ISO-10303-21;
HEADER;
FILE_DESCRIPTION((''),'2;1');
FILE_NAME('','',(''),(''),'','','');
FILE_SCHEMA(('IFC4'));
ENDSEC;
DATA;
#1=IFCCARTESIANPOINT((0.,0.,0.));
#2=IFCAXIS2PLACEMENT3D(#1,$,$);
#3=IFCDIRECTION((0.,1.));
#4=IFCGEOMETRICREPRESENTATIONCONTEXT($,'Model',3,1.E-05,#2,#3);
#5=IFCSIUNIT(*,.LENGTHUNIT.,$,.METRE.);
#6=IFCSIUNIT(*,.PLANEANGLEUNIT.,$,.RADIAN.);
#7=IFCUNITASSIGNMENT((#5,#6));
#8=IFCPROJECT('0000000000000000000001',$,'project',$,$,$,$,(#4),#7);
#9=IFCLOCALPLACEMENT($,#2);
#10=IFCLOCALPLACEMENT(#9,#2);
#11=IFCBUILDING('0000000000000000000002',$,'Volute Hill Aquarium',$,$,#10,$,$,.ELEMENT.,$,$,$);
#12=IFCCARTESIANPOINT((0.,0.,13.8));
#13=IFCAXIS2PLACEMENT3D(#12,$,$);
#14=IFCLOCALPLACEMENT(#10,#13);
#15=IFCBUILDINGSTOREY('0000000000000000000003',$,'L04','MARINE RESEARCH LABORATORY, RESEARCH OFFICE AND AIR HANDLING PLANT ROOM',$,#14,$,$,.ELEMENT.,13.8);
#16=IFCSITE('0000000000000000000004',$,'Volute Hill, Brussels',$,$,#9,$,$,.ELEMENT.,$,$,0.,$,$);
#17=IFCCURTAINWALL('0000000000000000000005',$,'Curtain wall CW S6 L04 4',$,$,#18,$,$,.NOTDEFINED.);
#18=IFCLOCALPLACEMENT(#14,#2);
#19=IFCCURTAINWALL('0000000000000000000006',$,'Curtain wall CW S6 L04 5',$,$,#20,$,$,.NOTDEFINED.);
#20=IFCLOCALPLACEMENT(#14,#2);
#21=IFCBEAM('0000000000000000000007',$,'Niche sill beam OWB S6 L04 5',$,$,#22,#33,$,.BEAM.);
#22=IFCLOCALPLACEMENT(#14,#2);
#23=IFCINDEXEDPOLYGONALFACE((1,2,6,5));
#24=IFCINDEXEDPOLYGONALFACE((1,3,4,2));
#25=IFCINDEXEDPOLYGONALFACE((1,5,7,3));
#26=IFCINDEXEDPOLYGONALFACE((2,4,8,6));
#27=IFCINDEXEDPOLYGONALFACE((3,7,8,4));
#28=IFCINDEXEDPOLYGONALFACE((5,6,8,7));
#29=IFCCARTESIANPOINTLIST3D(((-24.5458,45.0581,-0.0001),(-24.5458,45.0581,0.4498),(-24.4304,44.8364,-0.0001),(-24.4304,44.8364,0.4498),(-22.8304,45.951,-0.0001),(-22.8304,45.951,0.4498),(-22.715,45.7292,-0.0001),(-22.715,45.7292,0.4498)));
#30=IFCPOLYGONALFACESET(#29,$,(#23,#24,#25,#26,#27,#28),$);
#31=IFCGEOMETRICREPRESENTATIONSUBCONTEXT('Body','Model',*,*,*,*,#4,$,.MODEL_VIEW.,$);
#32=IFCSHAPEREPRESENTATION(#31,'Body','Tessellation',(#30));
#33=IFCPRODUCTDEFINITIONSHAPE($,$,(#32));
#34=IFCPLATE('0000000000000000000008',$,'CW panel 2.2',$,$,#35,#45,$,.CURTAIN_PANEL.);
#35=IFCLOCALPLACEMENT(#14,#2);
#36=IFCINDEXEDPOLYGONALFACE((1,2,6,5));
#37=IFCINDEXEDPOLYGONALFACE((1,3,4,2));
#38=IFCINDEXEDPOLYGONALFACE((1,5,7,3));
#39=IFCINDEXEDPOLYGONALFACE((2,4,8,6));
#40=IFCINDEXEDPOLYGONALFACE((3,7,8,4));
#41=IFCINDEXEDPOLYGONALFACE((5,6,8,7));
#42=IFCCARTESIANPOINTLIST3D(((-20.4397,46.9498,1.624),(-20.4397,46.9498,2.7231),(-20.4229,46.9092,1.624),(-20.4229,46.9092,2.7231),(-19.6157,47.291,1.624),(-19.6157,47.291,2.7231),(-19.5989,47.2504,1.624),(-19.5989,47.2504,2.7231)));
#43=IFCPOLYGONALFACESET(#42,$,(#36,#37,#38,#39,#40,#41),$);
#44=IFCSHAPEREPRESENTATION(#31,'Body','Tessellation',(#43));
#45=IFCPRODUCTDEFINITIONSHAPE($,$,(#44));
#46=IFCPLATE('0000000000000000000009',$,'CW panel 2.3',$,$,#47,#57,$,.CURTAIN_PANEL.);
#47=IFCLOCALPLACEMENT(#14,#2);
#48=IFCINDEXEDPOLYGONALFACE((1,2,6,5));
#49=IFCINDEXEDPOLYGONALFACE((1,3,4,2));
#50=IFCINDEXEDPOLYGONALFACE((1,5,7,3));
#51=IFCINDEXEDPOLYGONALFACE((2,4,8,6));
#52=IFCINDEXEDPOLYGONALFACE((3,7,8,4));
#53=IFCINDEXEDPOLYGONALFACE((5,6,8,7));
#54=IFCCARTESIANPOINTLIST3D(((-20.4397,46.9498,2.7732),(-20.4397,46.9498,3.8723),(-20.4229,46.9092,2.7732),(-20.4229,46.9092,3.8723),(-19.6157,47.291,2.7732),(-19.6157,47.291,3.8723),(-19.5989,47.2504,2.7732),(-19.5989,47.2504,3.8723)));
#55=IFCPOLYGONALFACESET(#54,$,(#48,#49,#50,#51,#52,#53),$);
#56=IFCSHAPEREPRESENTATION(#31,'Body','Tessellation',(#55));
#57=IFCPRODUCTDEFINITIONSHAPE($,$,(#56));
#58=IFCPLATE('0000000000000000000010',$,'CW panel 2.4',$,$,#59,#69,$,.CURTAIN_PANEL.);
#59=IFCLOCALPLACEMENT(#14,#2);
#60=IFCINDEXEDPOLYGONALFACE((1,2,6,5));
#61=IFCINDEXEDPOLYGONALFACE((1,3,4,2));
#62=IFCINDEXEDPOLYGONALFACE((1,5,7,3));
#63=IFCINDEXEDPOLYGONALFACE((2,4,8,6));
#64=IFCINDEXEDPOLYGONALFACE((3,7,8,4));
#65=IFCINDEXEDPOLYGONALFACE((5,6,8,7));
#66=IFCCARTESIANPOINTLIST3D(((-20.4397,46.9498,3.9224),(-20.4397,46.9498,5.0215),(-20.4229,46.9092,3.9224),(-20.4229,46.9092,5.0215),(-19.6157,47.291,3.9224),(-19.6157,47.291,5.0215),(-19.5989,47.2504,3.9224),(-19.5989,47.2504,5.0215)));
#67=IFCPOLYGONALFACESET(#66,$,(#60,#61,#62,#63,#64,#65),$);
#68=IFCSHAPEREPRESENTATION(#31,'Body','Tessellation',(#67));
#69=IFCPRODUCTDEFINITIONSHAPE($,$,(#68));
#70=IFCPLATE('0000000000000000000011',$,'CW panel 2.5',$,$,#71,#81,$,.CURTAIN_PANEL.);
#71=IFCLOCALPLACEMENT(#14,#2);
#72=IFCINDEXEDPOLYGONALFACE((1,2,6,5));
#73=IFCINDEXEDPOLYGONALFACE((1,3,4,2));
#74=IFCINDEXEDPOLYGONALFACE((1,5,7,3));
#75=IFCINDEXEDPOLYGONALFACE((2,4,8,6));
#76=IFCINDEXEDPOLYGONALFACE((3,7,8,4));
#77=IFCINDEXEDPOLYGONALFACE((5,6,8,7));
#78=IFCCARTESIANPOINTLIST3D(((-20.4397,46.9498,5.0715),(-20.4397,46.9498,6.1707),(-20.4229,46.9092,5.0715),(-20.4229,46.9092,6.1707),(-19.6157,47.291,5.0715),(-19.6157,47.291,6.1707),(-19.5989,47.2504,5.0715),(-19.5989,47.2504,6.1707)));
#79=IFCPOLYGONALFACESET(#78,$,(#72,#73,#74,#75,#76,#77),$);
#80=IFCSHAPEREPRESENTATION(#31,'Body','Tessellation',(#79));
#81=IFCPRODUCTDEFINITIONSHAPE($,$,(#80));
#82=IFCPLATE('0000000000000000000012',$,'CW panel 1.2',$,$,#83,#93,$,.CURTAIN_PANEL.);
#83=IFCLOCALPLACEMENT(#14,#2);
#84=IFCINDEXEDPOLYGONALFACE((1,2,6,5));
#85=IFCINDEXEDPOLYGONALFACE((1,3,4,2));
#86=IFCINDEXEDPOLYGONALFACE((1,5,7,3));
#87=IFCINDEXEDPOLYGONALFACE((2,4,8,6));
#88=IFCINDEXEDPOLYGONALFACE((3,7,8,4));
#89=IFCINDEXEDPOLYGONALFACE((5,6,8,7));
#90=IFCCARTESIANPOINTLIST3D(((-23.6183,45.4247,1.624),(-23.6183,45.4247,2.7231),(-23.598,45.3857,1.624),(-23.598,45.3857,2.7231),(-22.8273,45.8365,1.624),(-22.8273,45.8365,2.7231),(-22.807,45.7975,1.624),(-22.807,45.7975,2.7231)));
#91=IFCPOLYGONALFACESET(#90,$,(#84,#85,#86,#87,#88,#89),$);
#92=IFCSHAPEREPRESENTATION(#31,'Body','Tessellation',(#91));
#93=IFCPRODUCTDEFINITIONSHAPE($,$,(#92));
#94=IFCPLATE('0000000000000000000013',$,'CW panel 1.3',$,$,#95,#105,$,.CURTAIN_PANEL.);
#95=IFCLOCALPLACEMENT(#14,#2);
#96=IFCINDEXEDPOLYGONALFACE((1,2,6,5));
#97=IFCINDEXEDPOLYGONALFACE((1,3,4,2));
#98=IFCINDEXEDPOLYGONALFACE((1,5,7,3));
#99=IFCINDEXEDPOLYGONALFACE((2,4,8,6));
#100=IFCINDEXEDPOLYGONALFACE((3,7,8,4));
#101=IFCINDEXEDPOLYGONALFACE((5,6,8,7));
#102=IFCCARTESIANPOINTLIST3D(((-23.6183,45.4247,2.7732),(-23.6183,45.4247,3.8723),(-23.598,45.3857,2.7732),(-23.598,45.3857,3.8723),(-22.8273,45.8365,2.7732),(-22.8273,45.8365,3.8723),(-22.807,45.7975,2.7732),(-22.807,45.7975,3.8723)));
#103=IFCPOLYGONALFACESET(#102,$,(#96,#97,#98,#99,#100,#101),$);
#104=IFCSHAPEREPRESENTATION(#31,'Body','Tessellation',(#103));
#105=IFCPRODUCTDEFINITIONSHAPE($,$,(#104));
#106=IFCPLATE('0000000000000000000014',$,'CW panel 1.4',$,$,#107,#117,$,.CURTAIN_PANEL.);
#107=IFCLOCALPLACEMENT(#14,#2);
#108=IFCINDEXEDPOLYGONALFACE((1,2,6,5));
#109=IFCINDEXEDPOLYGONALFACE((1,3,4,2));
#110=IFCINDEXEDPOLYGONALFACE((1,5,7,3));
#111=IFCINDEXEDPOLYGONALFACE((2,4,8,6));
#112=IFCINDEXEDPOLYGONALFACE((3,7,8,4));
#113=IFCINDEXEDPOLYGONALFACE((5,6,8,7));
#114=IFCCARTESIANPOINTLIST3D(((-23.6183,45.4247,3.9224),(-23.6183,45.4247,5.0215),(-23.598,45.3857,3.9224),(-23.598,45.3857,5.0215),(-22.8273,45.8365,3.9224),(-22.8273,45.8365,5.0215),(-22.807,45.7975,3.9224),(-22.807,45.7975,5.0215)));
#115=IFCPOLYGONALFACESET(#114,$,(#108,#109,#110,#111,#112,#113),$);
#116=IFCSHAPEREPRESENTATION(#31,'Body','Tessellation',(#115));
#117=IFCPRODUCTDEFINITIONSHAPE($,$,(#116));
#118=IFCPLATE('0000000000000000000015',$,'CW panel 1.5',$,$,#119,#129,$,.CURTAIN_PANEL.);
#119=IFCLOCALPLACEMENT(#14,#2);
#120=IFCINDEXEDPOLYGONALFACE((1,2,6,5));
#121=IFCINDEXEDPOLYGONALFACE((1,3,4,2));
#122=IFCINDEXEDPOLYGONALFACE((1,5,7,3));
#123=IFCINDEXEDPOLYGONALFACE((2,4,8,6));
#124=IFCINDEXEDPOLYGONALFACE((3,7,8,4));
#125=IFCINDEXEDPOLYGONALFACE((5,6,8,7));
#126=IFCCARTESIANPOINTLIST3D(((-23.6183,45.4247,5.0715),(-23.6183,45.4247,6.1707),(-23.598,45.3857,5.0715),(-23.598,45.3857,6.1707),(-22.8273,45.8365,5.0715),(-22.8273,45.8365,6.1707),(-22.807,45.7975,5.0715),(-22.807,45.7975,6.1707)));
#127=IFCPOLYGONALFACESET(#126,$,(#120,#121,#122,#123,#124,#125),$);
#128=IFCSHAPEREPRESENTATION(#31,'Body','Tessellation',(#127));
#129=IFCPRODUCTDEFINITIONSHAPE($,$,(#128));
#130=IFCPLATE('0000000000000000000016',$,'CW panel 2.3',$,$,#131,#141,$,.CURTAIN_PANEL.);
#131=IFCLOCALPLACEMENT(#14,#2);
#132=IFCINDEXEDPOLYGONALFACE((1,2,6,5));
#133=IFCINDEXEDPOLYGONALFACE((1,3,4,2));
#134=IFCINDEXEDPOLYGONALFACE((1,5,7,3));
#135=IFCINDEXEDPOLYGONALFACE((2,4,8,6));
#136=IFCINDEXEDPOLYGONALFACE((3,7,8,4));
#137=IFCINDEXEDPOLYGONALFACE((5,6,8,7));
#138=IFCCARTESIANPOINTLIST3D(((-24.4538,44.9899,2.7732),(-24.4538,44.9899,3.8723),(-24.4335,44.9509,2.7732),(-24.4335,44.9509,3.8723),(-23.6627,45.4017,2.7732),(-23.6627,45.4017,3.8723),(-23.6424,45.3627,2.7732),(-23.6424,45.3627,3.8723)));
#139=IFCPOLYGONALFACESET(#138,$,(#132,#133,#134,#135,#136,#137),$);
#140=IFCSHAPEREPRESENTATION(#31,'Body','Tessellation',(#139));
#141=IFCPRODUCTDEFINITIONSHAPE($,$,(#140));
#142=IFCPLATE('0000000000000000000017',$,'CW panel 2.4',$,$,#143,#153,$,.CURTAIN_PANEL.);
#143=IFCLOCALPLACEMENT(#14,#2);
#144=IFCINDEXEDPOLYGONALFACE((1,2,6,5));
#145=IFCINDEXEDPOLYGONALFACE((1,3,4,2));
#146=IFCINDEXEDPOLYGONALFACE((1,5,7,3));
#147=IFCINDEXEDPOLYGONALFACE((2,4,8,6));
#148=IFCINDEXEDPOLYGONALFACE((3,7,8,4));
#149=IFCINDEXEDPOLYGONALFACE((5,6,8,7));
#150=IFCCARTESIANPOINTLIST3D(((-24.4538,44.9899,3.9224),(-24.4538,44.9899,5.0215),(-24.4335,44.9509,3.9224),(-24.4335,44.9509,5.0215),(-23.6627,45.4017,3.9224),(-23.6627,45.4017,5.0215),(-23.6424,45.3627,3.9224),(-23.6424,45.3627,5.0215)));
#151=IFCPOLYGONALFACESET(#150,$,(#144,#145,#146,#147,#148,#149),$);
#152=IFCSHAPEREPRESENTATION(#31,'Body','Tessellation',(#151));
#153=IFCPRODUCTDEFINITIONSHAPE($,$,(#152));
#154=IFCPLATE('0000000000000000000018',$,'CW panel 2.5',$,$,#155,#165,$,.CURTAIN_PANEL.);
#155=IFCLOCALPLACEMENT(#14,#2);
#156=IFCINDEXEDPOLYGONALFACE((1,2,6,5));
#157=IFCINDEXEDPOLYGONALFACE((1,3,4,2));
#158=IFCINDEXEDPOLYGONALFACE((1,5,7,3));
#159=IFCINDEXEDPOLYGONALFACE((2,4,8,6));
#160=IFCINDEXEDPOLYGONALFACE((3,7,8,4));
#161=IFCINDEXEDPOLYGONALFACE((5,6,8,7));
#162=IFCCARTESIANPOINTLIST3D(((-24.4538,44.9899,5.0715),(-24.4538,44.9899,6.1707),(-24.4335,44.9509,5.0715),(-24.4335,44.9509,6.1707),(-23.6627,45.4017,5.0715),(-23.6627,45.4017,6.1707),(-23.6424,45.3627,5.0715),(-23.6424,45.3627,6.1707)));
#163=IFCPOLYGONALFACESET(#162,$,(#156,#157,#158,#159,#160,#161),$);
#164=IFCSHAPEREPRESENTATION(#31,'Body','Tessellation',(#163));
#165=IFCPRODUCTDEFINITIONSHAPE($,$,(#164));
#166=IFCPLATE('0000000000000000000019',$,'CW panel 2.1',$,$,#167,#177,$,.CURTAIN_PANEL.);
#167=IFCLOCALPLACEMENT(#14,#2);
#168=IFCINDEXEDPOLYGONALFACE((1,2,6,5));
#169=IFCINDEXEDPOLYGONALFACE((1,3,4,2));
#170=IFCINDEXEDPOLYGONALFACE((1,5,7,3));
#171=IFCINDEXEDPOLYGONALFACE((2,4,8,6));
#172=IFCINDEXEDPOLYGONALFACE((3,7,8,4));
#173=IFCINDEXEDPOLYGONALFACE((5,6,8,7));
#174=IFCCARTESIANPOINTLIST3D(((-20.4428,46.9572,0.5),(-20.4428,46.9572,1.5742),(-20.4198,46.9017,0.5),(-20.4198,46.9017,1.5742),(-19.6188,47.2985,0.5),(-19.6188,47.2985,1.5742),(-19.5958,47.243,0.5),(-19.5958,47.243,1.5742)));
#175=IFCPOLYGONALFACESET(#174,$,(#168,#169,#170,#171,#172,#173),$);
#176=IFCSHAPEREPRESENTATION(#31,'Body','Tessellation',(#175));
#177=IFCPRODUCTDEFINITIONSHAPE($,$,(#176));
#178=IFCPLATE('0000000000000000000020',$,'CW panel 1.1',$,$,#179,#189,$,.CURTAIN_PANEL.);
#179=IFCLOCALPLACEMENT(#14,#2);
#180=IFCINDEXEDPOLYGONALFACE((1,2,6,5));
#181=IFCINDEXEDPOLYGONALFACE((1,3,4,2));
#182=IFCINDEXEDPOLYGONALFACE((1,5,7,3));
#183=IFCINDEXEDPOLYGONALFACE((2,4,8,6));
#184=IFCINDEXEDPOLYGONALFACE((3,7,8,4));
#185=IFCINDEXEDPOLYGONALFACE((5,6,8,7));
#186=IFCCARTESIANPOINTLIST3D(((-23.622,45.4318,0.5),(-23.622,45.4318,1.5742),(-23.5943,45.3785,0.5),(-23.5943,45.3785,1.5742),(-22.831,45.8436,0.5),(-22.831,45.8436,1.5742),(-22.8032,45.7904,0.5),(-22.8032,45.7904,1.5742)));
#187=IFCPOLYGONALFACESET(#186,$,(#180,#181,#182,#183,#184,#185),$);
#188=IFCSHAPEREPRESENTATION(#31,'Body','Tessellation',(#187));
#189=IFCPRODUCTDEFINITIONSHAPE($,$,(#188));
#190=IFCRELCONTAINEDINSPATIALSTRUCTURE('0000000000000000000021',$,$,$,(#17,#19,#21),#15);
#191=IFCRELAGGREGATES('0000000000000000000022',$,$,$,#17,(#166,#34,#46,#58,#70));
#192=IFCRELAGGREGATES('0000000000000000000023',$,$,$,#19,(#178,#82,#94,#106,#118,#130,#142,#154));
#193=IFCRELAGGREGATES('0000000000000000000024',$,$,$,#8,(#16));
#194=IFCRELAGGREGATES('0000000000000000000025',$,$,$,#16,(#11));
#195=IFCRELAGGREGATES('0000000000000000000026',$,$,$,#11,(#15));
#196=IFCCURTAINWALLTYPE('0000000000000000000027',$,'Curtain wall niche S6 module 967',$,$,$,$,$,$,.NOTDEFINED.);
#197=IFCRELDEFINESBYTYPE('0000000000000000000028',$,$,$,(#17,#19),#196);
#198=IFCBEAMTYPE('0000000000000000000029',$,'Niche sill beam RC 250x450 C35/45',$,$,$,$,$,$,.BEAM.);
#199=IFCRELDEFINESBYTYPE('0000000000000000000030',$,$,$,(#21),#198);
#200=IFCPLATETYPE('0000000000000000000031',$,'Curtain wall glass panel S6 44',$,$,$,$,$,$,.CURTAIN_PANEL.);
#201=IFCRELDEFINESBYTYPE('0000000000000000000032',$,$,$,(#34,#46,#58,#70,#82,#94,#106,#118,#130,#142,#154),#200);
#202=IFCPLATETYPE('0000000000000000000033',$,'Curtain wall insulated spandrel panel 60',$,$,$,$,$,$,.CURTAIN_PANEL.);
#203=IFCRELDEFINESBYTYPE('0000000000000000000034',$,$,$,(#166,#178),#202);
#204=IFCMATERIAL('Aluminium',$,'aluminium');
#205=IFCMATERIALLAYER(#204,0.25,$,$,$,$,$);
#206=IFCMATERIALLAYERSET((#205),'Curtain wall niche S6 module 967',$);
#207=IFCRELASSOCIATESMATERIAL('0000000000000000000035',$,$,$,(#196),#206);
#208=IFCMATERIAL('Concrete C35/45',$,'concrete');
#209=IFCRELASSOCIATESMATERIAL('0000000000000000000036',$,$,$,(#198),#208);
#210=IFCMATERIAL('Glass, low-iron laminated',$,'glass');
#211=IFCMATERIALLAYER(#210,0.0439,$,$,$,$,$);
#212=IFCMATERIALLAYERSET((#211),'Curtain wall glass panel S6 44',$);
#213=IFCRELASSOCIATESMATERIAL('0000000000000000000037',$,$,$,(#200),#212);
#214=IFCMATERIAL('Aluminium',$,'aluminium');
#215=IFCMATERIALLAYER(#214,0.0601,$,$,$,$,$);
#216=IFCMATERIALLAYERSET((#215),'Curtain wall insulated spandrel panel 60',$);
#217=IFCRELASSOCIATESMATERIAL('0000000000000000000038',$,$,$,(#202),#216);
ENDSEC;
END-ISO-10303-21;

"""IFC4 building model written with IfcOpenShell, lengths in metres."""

from ifc_helpers import new_model, si_unit, direction, frame, origin, origin_2d, place, context, subcontext, project, spatial, rectangle, extrude, material, layer, layer_set, material_profile, profile_set, type_object, element, aggregate, save


model = new_model("IFC4")

# Units and contexts
model_context = context("Model", 3, precision=1e-05, world=origin(), true_north=direction((0.0, 1.0)))
body_context = subcontext(model_context, "Body", "Model", "MODEL_VIEW")
ifc_project = project(units=[si_unit("LENGTHUNIT", "METRE"), si_unit("PLANEANGLEUNIT", "RADIAN")], contexts=[model_context])

# Site, building, storey
site_placement = place(None, origin())
site = spatial("IfcSite", under=ifc_project, at=site_placement, Name="Volute Hill, Brussels", CompositionType="ELEMENT", RefElevation=0.0)
building_placement = place(site_placement, origin())
building = spatial("IfcBuilding", under=site, at=building_placement, Name="Volute Hill Aquarium", CompositionType="ELEMENT")
storey_placement = place(building_placement, frame((0.0, 0.0, 13.8)))
storey = spatial("IfcBuildingStorey", under=building, at=storey_placement, Name="L04", Description="MARINE RESEARCH LABORATORY, RESEARCH OFFICE AND AIR HANDLING PLANT ROOM", CompositionType="ELEMENT", Elevation=13.8)

# Curtain wall
ifc_material_1 = material(Name="Aluminium", Category="aluminium")
ifc_layer_1 = layer(ifc_material_1, 0.25)
ifc_layer_set_1 = layer_set([ifc_layer_1], Name="Curtain wall niche S6 module 967")
curtain_wall_type = type_object("IfcCurtainWallType", Name="Curtain wall niche S6 module 967", PredefinedType="NOTDEFINED", material=ifc_layer_set_1)
curtain_wall_1_placement = place(storey_placement, origin())
curtain_wall_1 = element("IfcCurtainWall", 1, at=curtain_wall_1_placement, inside=storey, type_object=curtain_wall_type, Name="Curtain wall CW S6 L04 4", PredefinedType="NOTDEFINED")

# Curtain wall
curtain_wall_2_placement = place(storey_placement, origin())
curtain_wall_2 = element("IfcCurtainWall", 2, at=curtain_wall_2_placement, inside=storey, type_object=curtain_wall_type, Name="Curtain wall CW S6 L04 5", PredefinedType="NOTDEFINED")

# Beam
ifc_material_2 = material(Name="Concrete C35/45", Category="concrete")
ifc_material_profile_1 = material_profile(ifc_material_2, rectangle(XDim=0.25, YDim=0.45, at=origin_2d()), Name="RC beam 250x450")
ifc_profile_set_1 = profile_set([ifc_material_profile_1], Name="Concrete C35/45")
beam_type_1 = type_object("IfcBeamType", Name="Niche sill beam RC 250x450 C35/45", PredefinedType="BEAM", material=ifc_profile_set_1)
beam_1_placement = place(storey_placement, frame((-22.7727, 45.8401, 0.2249), z_axis=(-0.887037, -0.461699, 0.0), x_axis=(0.461699, -0.887037, 0.0)))
element("IfcBeam", 3, at=beam_1_placement, inside=storey, type_object=beam_type_1, Name="Niche sill beam OWB S6 L04 5", PredefinedType="BEAM", context=body_context, shape_type="SweptSolid", body=[
    extrude(rectangle(XDim=0.25, YDim=0.45, at=origin_2d()), origin(), (0.0, 0.0, 1.0), 1.9338),
])

# Plates
ifc_material_3 = material(Name="Glass, low-iron laminated", Category="glass")
ifc_layer_2 = layer(ifc_material_3, 0.0439)
ifc_layer_set_2 = layer_set([ifc_layer_2], Name="Curtain wall glass panel S6 44")
plate_type_1 = type_object("IfcPlateType", Name="Curtain wall glass panel S6 44", PredefinedType="CURTAIN_PANEL", material=ifc_layer_set_2)
plate_1_placement = place(storey_placement, frame((-20.0193, 47.1001, 1.624), z_axis=(0.0, 0.0, 1.0), x_axis=(-0.923881, -0.38268, 0.0)))
plate_1 = element("IfcPlate", 4, at=plate_1_placement, type_object=plate_type_1, Name="CW panel 2.2", PredefinedType="CURTAIN_PANEL", context=body_context, shape_type="SweptSolid", body=[
    extrude(rectangle(XDim=0.8918, YDim=0.0439, at=origin_2d()), origin(), (0.0, 0.0, 1.0), 1.0991),
])
plate_2_placement = place(storey_placement, frame((-20.0193, 47.1001, 2.7732), z_axis=(0.0, 0.0, 1.0), x_axis=(-0.923881, -0.38268, 0.0)))
plate_2 = element("IfcPlate", 5, at=plate_2_placement, type_object=plate_type_1, Name="CW panel 2.3", PredefinedType="CURTAIN_PANEL", context=body_context, shape_type="SweptSolid", body=[
    extrude(rectangle(XDim=0.8918, YDim=0.0439, at=origin_2d()), origin(), (0.0, 0.0, 1.0), 1.0991),
])
plate_3_placement = place(storey_placement, frame((-20.0193, 47.1001, 3.9224), z_axis=(0.0, 0.0, 1.0), x_axis=(-0.923881, -0.38268, 0.0)))
plate_3 = element("IfcPlate", 6, at=plate_3_placement, type_object=plate_type_1, Name="CW panel 2.4", PredefinedType="CURTAIN_PANEL", context=body_context, shape_type="SweptSolid", body=[
    extrude(rectangle(XDim=0.8918, YDim=0.0439, at=origin_2d()), origin(), (0.0, 0.0, 1.0), 1.0991),
])
plate_4_placement = place(storey_placement, frame((-20.0193, 47.1001, 5.0715), z_axis=(0.0, 0.0, 1.0), x_axis=(-0.923881, -0.38268, 0.0)))
plate_4 = element("IfcPlate", 7, at=plate_4_placement, type_object=plate_type_1, Name="CW panel 2.5", PredefinedType="CURTAIN_PANEL", context=body_context, shape_type="SweptSolid", body=[
    extrude(rectangle(XDim=0.8918, YDim=0.0439, at=origin_2d()), origin(), (0.0, 0.0, 1.0), 1.0991),
])
plate_5_placement = place(storey_placement, frame((-23.2126, 45.6111, 1.624), z_axis=(0.0, 0.0, 1.0), x_axis=(-0.887005, -0.46176, 0.0)))
plate_5 = element("IfcPlate", 8, at=plate_5_placement, type_object=plate_type_1, Name="CW panel 1.2", PredefinedType="CURTAIN_PANEL", context=body_context, shape_type="SweptSolid", body=[
    extrude(rectangle(XDim=0.8918, YDim=0.0439, at=origin_2d()), origin(), (0.0, 0.0, 1.0), 1.0991),
])
plate_6_placement = place(storey_placement, frame((-23.2126, 45.6111, 2.7732), z_axis=(0.0, 0.0, 1.0), x_axis=(-0.887005, -0.46176, 0.0)))
plate_6 = element("IfcPlate", 9, at=plate_6_placement, type_object=plate_type_1, Name="CW panel 1.3", PredefinedType="CURTAIN_PANEL", context=body_context, shape_type="SweptSolid", body=[
    extrude(rectangle(XDim=0.8918, YDim=0.0439, at=origin_2d()), origin(), (0.0, 0.0, 1.0), 1.0991),
])
plate_7_placement = place(storey_placement, frame((-23.2126, 45.6111, 3.9224), z_axis=(0.0, 0.0, 1.0), x_axis=(-0.887005, -0.46176, 0.0)))
plate_7 = element("IfcPlate", 10, at=plate_7_placement, type_object=plate_type_1, Name="CW panel 1.4", PredefinedType="CURTAIN_PANEL", context=body_context, shape_type="SweptSolid", body=[
    extrude(rectangle(XDim=0.8918, YDim=0.0439, at=origin_2d()), origin(), (0.0, 0.0, 1.0), 1.0991),
])
plate_8_placement = place(storey_placement, frame((-23.2126, 45.6111, 5.0715), z_axis=(0.0, 0.0, 1.0), x_axis=(-0.887005, -0.46176, 0.0)))
plate_8 = element("IfcPlate", 11, at=plate_8_placement, type_object=plate_type_1, Name="CW panel 1.5", PredefinedType="CURTAIN_PANEL", context=body_context, shape_type="SweptSolid", body=[
    extrude(rectangle(XDim=0.8918, YDim=0.0439, at=origin_2d()), origin(), (0.0, 0.0, 1.0), 1.0991),
])
plate_9_placement = place(storey_placement, frame((-24.0481, 45.1763, 2.7732), z_axis=(0.0, 0.0, 1.0), x_axis=(-0.887005, -0.46176, 0.0)))
plate_9 = element("IfcPlate", 12, at=plate_9_placement, type_object=plate_type_1, Name="CW panel 2.3", PredefinedType="CURTAIN_PANEL", context=body_context, shape_type="SweptSolid", body=[
    extrude(rectangle(XDim=0.8918, YDim=0.0439, at=origin_2d()), origin(), (0.0, 0.0, 1.0), 1.0991),
])
plate_10_placement = place(storey_placement, frame((-24.0481, 45.1763, 3.9224), z_axis=(0.0, 0.0, 1.0), x_axis=(-0.887005, -0.46176, 0.0)))
plate_10 = element("IfcPlate", 13, at=plate_10_placement, type_object=plate_type_1, Name="CW panel 2.4", PredefinedType="CURTAIN_PANEL", context=body_context, shape_type="SweptSolid", body=[
    extrude(rectangle(XDim=0.8918, YDim=0.0439, at=origin_2d()), origin(), (0.0, 0.0, 1.0), 1.0991),
])
plate_11_placement = place(storey_placement, frame((-24.0481, 45.1763, 5.0715), z_axis=(0.0, 0.0, 1.0), x_axis=(-0.887005, -0.46176, 0.0)))
plate_11 = element("IfcPlate", 14, at=plate_11_placement, type_object=plate_type_1, Name="CW panel 2.5", PredefinedType="CURTAIN_PANEL", context=body_context, shape_type="SweptSolid", body=[
    extrude(rectangle(XDim=0.8918, YDim=0.0439, at=origin_2d()), origin(), (0.0, 0.0, 1.0), 1.0991),
])
ifc_material_4 = material(Name="Aluminium", Category="aluminium")
ifc_layer_3 = layer(ifc_material_4, 0.0601)
ifc_layer_set_3 = layer_set([ifc_layer_3], Name="Curtain wall insulated spandrel panel 60")
plate_type_2 = type_object("IfcPlateType", Name="Curtain wall insulated spandrel panel 60", PredefinedType="CURTAIN_PANEL", material=ifc_layer_set_3)
plate_12_placement = place(storey_placement, frame((-20.0193, 47.1001, 0.5), z_axis=(0.0, 0.0, 1.0), x_axis=(-0.923881, -0.38268, 0.0)))
plate_12 = element("IfcPlate", 15, at=plate_12_placement, type_object=plate_type_2, Name="CW panel 2.1", PredefinedType="CURTAIN_PANEL", context=body_context, shape_type="SweptSolid", body=[
    extrude(rectangle(XDim=0.8918, YDim=0.0601, at=origin_2d()), origin(), (0.0, 0.0, 1.0), 1.0742),
])
aggregate(curtain_wall_1, [plate_12, plate_1, plate_2, plate_3, plate_4])
plate_13_placement = place(storey_placement, frame((-23.2126, 45.6111, 0.5), z_axis=(0.0, 0.0, 1.0), x_axis=(-0.887005, -0.46176, 0.0)))
plate_13 = element("IfcPlate", 16, at=plate_13_placement, type_object=plate_type_2, Name="CW panel 1.1", PredefinedType="CURTAIN_PANEL", context=body_context, shape_type="SweptSolid", body=[
    extrude(rectangle(XDim=0.8918, YDim=0.0601, at=origin_2d()), origin(), (0.0, 0.0, 1.0), 1.0742),
])
aggregate(curtain_wall_2, [plate_13, plate_5, plate_6, plate_7, plate_8, plate_9, plate_10, plate_11])

save(model, "model.ifc")
